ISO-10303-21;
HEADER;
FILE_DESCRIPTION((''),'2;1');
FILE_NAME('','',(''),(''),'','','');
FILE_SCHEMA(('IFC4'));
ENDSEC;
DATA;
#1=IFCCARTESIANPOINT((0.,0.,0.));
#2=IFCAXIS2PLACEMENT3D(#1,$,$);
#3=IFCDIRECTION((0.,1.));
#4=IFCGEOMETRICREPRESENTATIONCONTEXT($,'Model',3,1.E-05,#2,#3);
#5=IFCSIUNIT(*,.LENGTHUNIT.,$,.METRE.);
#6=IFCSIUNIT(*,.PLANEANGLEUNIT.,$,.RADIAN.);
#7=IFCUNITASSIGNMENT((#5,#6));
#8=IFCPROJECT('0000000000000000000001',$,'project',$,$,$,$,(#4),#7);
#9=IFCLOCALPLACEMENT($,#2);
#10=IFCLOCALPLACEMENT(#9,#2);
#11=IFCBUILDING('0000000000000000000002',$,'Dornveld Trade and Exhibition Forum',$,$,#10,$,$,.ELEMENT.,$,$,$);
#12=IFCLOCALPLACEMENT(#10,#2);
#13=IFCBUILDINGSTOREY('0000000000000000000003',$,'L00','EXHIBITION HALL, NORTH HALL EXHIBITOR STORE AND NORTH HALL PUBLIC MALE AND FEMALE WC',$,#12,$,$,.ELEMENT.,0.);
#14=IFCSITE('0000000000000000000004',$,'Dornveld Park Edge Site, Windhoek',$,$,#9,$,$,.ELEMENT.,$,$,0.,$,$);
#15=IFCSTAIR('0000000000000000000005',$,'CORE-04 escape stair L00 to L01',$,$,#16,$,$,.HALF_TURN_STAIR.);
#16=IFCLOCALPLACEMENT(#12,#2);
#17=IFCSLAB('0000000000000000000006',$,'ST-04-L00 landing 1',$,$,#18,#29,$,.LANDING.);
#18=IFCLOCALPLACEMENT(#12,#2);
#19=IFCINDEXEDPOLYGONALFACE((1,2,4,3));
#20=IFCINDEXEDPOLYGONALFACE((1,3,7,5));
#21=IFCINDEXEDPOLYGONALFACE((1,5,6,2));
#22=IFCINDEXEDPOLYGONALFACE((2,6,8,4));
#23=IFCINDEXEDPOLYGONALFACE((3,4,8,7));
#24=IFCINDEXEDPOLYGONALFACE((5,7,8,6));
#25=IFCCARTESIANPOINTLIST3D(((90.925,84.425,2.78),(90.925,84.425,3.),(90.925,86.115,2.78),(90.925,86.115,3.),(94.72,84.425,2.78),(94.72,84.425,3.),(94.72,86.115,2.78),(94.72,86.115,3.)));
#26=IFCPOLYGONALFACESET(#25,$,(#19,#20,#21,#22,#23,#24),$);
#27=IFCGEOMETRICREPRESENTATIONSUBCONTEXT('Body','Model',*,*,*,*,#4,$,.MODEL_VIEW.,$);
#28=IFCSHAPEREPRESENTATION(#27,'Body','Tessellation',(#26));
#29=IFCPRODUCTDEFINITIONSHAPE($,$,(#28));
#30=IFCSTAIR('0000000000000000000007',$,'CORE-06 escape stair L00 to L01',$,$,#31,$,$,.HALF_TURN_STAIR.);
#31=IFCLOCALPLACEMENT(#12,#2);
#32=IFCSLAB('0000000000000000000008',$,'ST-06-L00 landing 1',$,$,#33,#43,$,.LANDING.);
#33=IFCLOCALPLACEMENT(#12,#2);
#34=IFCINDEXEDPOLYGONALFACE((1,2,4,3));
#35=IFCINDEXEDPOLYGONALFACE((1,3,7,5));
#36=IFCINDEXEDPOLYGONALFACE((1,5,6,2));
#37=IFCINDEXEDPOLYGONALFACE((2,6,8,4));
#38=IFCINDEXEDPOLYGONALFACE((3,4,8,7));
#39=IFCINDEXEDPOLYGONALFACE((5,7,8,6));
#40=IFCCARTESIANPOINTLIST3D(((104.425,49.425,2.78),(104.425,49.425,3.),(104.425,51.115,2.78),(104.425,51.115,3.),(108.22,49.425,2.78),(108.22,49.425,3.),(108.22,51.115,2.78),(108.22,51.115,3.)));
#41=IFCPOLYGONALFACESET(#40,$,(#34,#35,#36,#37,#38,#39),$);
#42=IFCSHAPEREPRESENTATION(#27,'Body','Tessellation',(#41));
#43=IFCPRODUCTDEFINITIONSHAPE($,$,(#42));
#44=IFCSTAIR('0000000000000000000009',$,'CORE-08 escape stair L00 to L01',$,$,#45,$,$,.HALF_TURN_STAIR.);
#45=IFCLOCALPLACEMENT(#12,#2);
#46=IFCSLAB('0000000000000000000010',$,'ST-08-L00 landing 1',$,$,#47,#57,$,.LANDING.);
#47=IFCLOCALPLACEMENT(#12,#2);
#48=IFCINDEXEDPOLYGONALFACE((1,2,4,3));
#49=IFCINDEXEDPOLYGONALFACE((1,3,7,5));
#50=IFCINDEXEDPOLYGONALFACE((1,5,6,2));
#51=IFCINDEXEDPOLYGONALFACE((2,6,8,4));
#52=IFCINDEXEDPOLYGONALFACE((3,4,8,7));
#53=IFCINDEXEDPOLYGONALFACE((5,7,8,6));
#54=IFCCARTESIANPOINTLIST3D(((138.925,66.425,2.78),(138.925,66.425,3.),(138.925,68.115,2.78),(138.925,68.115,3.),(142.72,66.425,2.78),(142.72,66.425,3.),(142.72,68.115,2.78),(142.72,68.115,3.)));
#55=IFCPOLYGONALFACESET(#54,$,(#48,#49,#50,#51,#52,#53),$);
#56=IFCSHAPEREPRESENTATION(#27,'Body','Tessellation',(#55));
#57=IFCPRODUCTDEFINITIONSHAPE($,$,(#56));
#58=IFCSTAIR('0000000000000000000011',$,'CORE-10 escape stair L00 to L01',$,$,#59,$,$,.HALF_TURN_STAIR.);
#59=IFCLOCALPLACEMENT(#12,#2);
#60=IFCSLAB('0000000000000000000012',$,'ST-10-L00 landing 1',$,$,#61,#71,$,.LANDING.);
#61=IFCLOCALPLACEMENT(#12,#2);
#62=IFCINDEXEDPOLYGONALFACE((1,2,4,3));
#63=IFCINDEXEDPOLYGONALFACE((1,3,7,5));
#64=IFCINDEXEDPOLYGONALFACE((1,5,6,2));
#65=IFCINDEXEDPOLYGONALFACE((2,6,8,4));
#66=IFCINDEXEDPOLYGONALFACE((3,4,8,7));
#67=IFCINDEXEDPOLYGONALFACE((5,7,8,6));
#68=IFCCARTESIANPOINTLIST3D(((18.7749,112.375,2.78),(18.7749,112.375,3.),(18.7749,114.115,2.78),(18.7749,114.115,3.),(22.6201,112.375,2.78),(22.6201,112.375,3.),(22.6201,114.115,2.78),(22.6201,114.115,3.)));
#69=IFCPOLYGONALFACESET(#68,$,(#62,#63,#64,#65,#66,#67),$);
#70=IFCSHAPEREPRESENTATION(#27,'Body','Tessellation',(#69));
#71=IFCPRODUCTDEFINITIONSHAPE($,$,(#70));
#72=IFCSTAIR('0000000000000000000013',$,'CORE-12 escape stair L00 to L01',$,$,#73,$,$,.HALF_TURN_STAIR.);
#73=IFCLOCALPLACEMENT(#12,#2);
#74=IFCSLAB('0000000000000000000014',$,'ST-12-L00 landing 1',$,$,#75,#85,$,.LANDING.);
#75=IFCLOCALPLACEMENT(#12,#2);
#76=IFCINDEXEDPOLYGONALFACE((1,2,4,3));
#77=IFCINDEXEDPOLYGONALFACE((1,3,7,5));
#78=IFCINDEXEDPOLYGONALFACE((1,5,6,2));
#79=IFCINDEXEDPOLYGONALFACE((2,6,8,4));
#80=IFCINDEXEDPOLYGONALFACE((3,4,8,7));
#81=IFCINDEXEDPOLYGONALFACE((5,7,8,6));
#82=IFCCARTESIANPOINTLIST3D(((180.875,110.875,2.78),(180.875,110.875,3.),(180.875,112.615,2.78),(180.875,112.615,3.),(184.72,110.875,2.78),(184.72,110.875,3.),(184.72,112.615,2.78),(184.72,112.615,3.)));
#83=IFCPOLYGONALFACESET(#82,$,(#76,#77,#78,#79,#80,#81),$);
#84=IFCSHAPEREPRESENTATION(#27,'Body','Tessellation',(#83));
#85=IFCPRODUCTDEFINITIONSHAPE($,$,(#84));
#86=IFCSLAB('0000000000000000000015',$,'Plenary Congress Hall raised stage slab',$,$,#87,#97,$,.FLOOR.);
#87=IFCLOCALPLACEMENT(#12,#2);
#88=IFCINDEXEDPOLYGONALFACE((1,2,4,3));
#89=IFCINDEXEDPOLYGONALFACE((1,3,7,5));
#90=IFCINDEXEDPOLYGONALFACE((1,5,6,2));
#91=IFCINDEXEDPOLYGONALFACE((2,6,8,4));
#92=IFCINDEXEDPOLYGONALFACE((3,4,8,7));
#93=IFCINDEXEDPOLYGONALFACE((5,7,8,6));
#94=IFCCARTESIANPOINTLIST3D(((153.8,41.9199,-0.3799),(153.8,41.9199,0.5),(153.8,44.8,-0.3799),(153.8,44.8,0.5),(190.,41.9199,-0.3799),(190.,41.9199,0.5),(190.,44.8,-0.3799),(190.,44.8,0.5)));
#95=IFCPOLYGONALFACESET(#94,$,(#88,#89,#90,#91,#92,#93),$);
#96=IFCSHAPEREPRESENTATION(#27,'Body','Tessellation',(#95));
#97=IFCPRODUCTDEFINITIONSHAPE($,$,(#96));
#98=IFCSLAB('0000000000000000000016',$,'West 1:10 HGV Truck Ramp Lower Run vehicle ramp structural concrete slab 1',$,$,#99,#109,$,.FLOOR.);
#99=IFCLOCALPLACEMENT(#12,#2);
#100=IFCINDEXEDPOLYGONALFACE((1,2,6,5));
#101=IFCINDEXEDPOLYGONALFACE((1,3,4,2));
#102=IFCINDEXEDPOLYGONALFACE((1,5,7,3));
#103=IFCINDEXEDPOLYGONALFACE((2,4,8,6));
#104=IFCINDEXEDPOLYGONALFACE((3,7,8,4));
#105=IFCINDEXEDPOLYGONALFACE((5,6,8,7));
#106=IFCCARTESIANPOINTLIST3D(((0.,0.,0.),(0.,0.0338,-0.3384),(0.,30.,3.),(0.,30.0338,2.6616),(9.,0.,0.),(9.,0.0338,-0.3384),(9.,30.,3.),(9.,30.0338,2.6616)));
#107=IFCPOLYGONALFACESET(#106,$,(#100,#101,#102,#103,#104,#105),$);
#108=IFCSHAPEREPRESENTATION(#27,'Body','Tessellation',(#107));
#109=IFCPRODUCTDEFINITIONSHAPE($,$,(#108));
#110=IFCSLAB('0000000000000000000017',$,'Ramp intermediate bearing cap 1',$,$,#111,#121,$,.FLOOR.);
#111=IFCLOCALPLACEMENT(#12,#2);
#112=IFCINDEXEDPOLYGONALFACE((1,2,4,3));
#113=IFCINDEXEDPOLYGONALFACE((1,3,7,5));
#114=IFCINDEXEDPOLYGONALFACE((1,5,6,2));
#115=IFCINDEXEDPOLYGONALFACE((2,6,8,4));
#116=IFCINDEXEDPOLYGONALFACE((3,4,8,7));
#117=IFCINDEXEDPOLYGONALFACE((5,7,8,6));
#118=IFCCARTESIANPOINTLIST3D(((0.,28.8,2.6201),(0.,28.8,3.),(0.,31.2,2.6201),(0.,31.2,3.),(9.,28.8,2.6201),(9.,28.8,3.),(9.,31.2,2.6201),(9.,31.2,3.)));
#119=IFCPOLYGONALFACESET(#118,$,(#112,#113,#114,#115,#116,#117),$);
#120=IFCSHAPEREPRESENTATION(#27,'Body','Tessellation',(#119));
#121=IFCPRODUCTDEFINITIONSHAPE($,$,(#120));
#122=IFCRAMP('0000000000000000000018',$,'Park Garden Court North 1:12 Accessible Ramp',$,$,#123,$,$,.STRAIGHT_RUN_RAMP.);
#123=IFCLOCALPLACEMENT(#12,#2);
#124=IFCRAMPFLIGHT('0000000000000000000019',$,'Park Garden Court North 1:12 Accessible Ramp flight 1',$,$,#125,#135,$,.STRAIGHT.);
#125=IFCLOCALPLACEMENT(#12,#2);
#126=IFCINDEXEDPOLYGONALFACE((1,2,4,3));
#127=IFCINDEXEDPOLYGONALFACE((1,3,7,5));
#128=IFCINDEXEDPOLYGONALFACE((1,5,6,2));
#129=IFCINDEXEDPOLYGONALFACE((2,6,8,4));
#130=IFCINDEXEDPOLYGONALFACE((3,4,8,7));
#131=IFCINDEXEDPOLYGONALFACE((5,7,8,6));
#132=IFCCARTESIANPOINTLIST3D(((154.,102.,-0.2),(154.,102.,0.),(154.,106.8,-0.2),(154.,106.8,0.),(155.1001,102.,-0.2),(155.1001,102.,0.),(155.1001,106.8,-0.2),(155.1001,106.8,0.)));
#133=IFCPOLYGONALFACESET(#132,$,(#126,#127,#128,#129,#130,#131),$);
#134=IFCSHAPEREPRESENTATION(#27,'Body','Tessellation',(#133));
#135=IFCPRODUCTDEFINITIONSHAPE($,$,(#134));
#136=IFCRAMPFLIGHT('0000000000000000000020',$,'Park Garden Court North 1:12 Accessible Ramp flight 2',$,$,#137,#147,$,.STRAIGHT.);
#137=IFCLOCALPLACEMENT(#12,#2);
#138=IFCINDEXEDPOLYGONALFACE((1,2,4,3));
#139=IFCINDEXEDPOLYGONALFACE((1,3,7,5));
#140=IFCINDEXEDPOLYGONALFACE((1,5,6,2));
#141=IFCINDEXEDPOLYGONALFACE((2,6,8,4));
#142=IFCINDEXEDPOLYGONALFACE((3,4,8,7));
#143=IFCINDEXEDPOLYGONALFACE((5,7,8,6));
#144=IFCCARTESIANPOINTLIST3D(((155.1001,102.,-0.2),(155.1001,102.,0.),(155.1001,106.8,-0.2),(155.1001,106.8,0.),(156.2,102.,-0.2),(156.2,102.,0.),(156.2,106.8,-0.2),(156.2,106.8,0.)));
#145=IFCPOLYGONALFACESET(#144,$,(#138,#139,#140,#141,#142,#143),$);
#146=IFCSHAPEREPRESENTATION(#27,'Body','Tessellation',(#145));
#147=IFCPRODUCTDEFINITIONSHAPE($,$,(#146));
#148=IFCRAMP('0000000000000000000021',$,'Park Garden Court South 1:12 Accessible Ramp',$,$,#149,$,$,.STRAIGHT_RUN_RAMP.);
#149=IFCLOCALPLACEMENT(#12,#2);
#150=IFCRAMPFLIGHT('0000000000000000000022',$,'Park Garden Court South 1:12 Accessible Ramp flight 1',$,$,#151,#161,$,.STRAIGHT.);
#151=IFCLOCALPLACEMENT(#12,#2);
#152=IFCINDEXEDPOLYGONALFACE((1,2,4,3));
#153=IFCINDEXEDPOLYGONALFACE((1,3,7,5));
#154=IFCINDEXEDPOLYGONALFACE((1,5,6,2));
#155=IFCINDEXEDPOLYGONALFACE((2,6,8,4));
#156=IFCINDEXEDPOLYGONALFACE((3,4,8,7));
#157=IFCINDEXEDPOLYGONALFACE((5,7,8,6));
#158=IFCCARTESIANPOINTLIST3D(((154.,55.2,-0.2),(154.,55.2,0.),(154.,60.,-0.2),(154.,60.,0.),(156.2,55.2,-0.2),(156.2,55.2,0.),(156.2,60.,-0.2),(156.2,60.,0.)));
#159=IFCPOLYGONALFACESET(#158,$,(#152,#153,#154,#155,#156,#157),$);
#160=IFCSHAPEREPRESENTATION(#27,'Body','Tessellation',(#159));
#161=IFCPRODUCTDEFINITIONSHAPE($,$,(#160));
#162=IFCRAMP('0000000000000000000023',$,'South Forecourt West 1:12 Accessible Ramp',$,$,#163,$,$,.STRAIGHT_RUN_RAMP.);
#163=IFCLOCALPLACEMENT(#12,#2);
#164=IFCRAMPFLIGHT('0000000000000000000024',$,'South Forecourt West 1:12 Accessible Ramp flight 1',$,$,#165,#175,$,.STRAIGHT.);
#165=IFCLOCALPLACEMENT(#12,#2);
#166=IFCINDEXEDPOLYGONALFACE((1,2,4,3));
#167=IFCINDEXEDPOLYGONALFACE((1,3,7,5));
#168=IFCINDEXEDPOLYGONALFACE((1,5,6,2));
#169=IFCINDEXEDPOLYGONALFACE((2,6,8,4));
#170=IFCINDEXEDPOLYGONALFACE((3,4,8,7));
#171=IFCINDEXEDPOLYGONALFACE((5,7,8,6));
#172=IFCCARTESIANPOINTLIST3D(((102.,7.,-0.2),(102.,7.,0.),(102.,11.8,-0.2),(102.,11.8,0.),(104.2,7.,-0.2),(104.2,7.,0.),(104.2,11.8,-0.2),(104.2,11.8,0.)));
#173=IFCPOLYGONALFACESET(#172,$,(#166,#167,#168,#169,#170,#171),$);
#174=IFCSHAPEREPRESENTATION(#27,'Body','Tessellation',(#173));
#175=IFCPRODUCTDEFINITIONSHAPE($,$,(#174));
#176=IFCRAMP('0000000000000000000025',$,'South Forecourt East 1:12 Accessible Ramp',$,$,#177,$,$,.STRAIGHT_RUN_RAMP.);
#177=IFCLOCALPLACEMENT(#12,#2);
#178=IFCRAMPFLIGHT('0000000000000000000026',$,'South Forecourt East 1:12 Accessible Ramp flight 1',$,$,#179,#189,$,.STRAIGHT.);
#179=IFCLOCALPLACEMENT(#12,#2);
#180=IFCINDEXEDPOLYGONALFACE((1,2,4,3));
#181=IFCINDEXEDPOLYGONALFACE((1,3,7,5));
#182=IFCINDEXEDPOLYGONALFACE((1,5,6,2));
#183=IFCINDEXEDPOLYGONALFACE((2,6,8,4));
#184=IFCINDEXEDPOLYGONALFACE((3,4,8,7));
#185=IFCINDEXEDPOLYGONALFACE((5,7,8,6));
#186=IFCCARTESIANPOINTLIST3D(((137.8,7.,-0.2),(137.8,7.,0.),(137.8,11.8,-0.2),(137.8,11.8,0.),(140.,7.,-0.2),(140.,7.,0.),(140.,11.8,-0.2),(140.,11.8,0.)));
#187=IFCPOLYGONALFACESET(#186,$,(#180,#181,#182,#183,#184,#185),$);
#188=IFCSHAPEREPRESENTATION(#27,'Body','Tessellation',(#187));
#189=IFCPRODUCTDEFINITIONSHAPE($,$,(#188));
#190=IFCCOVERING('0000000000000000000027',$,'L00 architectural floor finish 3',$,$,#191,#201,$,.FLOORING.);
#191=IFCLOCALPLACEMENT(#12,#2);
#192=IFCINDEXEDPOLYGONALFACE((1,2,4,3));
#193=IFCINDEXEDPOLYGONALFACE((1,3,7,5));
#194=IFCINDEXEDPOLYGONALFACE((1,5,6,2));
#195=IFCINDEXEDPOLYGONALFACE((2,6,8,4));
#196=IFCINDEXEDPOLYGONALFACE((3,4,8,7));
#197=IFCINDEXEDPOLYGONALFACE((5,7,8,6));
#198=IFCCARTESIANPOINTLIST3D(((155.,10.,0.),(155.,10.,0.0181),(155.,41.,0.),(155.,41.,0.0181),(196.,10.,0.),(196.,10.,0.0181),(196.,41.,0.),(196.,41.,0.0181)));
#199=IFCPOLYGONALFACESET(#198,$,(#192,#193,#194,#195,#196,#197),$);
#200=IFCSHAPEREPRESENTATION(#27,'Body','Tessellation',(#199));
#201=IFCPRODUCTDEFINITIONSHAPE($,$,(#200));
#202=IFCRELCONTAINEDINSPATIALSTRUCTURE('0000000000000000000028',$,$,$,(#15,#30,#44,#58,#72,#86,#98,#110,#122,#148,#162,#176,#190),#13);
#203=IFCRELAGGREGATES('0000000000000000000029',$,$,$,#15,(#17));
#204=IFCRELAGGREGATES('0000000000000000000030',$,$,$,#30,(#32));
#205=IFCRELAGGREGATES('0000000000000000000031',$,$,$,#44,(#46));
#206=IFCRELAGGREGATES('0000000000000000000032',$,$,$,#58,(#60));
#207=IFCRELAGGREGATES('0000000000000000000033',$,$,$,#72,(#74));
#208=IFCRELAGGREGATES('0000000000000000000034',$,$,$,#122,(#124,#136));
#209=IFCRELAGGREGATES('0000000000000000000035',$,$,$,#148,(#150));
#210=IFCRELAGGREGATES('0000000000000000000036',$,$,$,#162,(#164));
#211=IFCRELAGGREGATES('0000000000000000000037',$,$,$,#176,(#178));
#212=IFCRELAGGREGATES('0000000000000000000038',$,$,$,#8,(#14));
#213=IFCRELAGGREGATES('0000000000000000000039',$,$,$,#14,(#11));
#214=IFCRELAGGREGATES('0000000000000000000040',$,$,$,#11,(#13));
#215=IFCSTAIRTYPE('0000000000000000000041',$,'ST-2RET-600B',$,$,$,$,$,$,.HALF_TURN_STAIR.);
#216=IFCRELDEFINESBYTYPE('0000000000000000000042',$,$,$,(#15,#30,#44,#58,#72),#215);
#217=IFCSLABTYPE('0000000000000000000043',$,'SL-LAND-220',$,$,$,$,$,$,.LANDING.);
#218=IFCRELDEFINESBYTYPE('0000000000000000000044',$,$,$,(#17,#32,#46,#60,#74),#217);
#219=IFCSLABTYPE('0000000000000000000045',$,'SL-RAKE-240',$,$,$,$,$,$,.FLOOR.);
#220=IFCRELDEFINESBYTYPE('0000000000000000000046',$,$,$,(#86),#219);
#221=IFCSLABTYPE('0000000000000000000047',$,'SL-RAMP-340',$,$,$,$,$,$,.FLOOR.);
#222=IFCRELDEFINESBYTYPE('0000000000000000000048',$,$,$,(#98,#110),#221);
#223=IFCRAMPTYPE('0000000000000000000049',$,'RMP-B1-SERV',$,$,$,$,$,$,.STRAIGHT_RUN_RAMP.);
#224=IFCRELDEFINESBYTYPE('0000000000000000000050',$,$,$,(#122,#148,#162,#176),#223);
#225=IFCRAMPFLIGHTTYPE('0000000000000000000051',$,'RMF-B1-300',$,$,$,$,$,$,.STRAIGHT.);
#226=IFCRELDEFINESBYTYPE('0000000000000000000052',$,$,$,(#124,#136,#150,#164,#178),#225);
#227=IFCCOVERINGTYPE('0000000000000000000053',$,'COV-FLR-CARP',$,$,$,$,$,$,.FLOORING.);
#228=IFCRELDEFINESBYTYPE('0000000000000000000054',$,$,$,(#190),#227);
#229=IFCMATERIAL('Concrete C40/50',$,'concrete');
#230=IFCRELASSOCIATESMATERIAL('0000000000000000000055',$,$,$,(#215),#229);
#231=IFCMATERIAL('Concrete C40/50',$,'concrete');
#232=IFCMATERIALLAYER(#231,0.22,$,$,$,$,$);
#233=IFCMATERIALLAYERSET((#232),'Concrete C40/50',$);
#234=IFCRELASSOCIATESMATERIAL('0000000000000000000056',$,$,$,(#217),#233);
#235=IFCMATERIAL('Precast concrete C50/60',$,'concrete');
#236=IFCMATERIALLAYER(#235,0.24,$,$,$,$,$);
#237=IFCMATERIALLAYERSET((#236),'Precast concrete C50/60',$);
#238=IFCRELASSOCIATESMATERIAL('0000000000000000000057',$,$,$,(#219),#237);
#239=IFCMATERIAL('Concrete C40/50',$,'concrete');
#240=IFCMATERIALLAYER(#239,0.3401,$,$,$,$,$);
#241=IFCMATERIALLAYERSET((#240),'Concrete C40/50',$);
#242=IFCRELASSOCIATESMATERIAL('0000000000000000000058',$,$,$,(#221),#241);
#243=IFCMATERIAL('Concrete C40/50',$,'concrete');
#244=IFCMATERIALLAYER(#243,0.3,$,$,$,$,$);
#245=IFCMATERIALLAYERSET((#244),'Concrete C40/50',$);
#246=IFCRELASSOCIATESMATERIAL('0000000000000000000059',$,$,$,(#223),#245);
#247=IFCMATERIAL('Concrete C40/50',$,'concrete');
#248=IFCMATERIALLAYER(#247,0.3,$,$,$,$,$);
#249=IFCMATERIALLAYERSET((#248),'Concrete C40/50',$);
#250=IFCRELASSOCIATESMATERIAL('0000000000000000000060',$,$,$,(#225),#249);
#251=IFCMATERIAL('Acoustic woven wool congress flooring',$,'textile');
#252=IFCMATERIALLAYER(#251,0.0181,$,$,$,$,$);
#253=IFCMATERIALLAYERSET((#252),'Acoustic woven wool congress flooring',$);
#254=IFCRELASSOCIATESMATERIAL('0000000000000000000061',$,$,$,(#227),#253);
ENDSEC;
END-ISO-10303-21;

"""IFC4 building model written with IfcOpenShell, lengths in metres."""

from ifc_helpers import new_model, si_unit, direction, frame, origin, place, context, subcontext, project, spatial, polyline, outline, extrude, material, layer, layer_set, type_object, element, aggregate, save


model = new_model("IFC4")

# Units and contexts
model_context = context("Model", 3, precision=1e-05, world=origin(), true_north=direction((0.0, 1.0)))
body_context = subcontext(model_context, "Body", "Model", "MODEL_VIEW")
ifc_project = project(units=[si_unit("LENGTHUNIT", "METRE"), si_unit("PLANEANGLEUNIT", "RADIAN")], contexts=[model_context])

# Site, building, storey
site_placement = place(None, origin())
site = spatial("IfcSite", under=ifc_project, at=site_placement, Name="Dornveld Park Edge Site, Windhoek", CompositionType="ELEMENT", RefElevation=0.0)
building_placement = place(site_placement, origin())
building = spatial("IfcBuilding", under=site, at=building_placement, Name="Dornveld Trade and Exhibition Forum", CompositionType="ELEMENT")
storey_placement = place(building_placement, origin())
storey = spatial("IfcBuildingStorey", under=building, at=storey_placement, Name="L00", Description="EXHIBITION HALL, NORTH HALL EXHIBITOR STORE AND NORTH HALL PUBLIC MALE AND FEMALE WC", CompositionType="ELEMENT", Elevation=0.0)

# Stairs, slabs
ifc_material_1 = material(Name="Concrete C40/50", Category="concrete")
stair_type_1 = type_object("IfcStairType", Name="ST-2RET-600B", PredefinedType="HALF_TURN_STAIR", material=ifc_material_1)
ifc_material_2 = material(Name="Concrete C40/50", Category="concrete")
ifc_layer_1 = layer(ifc_material_2, 0.22)
ifc_layer_set_1 = layer_set([ifc_layer_1], Name="Concrete C40/50")
slab_type_1 = type_object("IfcSlabType", Name="SL-LAND-220", PredefinedType="LANDING", material=ifc_layer_set_1)
stair_1_placement = place(storey_placement, origin())
stair_1 = element("IfcStair", 1, at=stair_1_placement, inside=storey, type_object=stair_type_1, Name="CORE-04 escape stair L00 to L01", PredefinedType="HALF_TURN_STAIR")
slab_1_placement = place(storey_placement, frame((0.0, 0.0, 2.78)))
slab_1 = element("IfcSlab", 2, at=slab_1_placement, type_object=slab_type_1, Name="ST-04-L00 landing 1", PredefinedType="LANDING", context=body_context, shape_type="SweptSolid", body=[
    extrude(outline(polyline([(90.925, 84.425), (94.72, 84.425), (94.72, 86.115), (90.925, 86.115), (90.925, 84.425)])), origin(), (0.0, 0.0, 1.0), 0.22),
])
aggregate(stair_1, [slab_1])
stair_2_placement = place(storey_placement, origin())
stair_2 = element("IfcStair", 3, at=stair_2_placement, inside=storey, type_object=stair_type_1, Name="CORE-06 escape stair L00 to L01", PredefinedType="HALF_TURN_STAIR")
slab_2_placement = place(storey_placement, frame((0.0, 0.0, 2.78)))
slab_2 = element("IfcSlab", 4, at=slab_2_placement, type_object=slab_type_1, Name="ST-06-L00 landing 1", PredefinedType="LANDING", context=body_context, shape_type="SweptSolid", body=[
    extrude(outline(polyline([(104.425, 49.425), (108.22, 49.425), (108.22, 51.115), (104.425, 51.115), (104.425, 49.425)])), origin(), (0.0, 0.0, 1.0), 0.22),
])
aggregate(stair_2, [slab_2])
stair_3_placement = place(storey_placement, origin())
stair_3 = element("IfcStair", 5, at=stair_3_placement, inside=storey, type_object=stair_type_1, Name="CORE-08 escape stair L00 to L01", PredefinedType="HALF_TURN_STAIR")
slab_3_placement = place(storey_placement, frame((0.0, 0.0, 2.78)))
slab_3 = element("IfcSlab", 6, at=slab_3_placement, type_object=slab_type_1, Name="ST-08-L00 landing 1", PredefinedType="LANDING", context=body_context, shape_type="SweptSolid", body=[
    extrude(outline(polyline([(138.925, 66.425), (142.72, 66.425), (142.72, 68.115), (138.925, 68.115), (138.925, 66.425)])), origin(), (0.0, 0.0, 1.0), 0.22),
])
aggregate(stair_3, [slab_3])
stair_4_placement = place(storey_placement, origin())
stair_4 = element("IfcStair", 7, at=stair_4_placement, inside=storey, type_object=stair_type_1, Name="CORE-10 escape stair L00 to L01", PredefinedType="HALF_TURN_STAIR")
slab_4_placement = place(storey_placement, frame((0.0, 0.0, 2.78)))
slab_4 = element("IfcSlab", 8, at=slab_4_placement, type_object=slab_type_1, Name="ST-10-L00 landing 1", PredefinedType="LANDING", context=body_context, shape_type="SweptSolid", body=[
    extrude(outline(polyline([(18.7749, 112.375), (22.6201, 112.375), (22.6201, 114.115), (18.7749, 114.115), (18.7749, 112.375)])), origin(), (0.0, 0.0, 1.0), 0.22),
])
aggregate(stair_4, [slab_4])
stair_5_placement = place(storey_placement, origin())
stair_5 = element("IfcStair", 9, at=stair_5_placement, inside=storey, type_object=stair_type_1, Name="CORE-12 escape stair L00 to L01", PredefinedType="HALF_TURN_STAIR")
slab_5_placement = place(storey_placement, frame((0.0, 0.0, 2.78)))
slab_5 = element("IfcSlab", 10, at=slab_5_placement, type_object=slab_type_1, Name="ST-12-L00 landing 1", PredefinedType="LANDING", context=body_context, shape_type="SweptSolid", body=[
    extrude(outline(polyline([(180.875, 110.875), (184.72, 110.875), (184.72, 112.615), (180.875, 112.615), (180.875, 110.875)])), origin(), (0.0, 0.0, 1.0), 0.22),
])
aggregate(stair_5, [slab_5])

# Slabs
ifc_material_3 = material(Name="Precast concrete C50/60", Category="concrete")
ifc_layer_2 = layer(ifc_material_3, 0.24)
ifc_layer_set_2 = layer_set([ifc_layer_2], Name="Precast concrete C50/60")
slab_type_2 = type_object("IfcSlabType", Name="SL-RAKE-240", PredefinedType="FLOOR", material=ifc_layer_set_2)
slab_6_placement = place(storey_placement, frame((0.0, 0.0, -0.3799)))
element("IfcSlab", 11, at=slab_6_placement, inside=storey, type_object=slab_type_2, Name="Plenary Congress Hall raised stage slab", PredefinedType="FLOOR", context=body_context, shape_type="SweptSolid", body=[
    extrude(outline(polyline([(153.8, 41.9199), (190.0, 41.9199), (190.0, 44.8), (153.8, 44.8), (153.8, 41.9199)])), origin(), (0.0, 0.0, 1.0), 0.8799),
])
ifc_material_4 = material(Name="Concrete C40/50", Category="concrete")
ifc_layer_3 = layer(ifc_material_4, 0.3401)
ifc_layer_set_3 = layer_set([ifc_layer_3], Name="Concrete C40/50")
slab_type_3 = type_object("IfcSlabType", Name="SL-RAMP-340", PredefinedType="FLOOR", material=ifc_layer_set_3)
slab_7_placement = place(storey_placement, frame((0.0, 0.0, 0.0), z_axis=(0.0, -0.099504, 0.995037), x_axis=(1.0, 0.0, 0.0)))
element("IfcSlab", 12, at=slab_7_placement, inside=storey, type_object=slab_type_3, Name="West 1:10 HGV Truck Ramp Lower Run vehicle ramp structural concrete slab 1", PredefinedType="FLOOR", context=body_context, shape_type="SweptSolid", body=[
    extrude(outline(polyline([(0.0, 0.0), (9.0, 0.0), (9.0, 30.1496), (0.0, 30.1496), (0.0, 0.0)])), origin(), (0.0, 0.0, -1.0), 0.3401),
])
slab_8_placement = place(storey_placement, frame((0.0, 0.0, 2.6201)))
element("IfcSlab", 13, at=slab_8_placement, inside=storey, type_object=slab_type_3, Name="Ramp intermediate bearing cap 1", PredefinedType="FLOOR", context=body_context, shape_type="SweptSolid", body=[
    extrude(outline(polyline([(0.0, 28.8), (9.0, 28.8), (9.0, 31.2), (0.0, 31.2), (0.0, 28.8)])), origin(), (0.0, 0.0, 1.0), 0.3799),
])

# Ramp, ramp flights
ifc_material_5 = material(Name="Concrete C40/50", Category="concrete")
ifc_layer_4 = layer(ifc_material_5, 0.3)
ifc_layer_set_4 = layer_set([ifc_layer_4], Name="Concrete C40/50")
ramp_type = type_object("IfcRampType", Name="RMP-B1-SERV", PredefinedType="STRAIGHT_RUN_RAMP", material=ifc_layer_set_4)
ramp_1_placement = place(storey_placement, origin())
ramp_1 = element("IfcRamp", 14, at=ramp_1_placement, inside=storey, type_object=ramp_type, Name="Park Garden Court North 1:12 Accessible Ramp", PredefinedType="STRAIGHT_RUN_RAMP")
ifc_material_6 = material(Name="Concrete C40/50", Category="concrete")
ifc_layer_5 = layer(ifc_material_6, 0.3)
ifc_layer_set_5 = layer_set([ifc_layer_5], Name="Concrete C40/50")
ramp_flight_type = type_object("IfcRampFlightType", Name="RMF-B1-300", PredefinedType="STRAIGHT", material=ifc_layer_set_5)
ramp_flight_1_placement = place(storey_placement, frame((0.0, 0.0, -0.2)))
ramp_flight_1 = element("IfcRampFlight", 15, at=ramp_flight_1_placement, type_object=ramp_flight_type, Name="Park Garden Court North 1:12 Accessible Ramp flight 1", PredefinedType="STRAIGHT", context=body_context, shape_type="SweptSolid", body=[
    extrude(outline(polyline([(154.0, 102.0), (155.1001, 102.0), (155.1001, 106.8), (154.0, 106.8), (154.0, 102.0)])), origin(), (0.0, 0.0, 1.0), 0.2),
])
ramp_flight_2_placement = place(storey_placement, frame((0.0, 0.0, -0.2)))
ramp_flight_2 = element("IfcRampFlight", 16, at=ramp_flight_2_placement, type_object=ramp_flight_type, Name="Park Garden Court North 1:12 Accessible Ramp flight 2", PredefinedType="STRAIGHT", context=body_context, shape_type="SweptSolid", body=[
    extrude(outline(polyline([(155.1001, 102.0), (156.2, 102.0), (156.2, 106.8), (155.1001, 106.8), (155.1001, 102.0)])), origin(), (0.0, 0.0, 1.0), 0.2),
])
aggregate(ramp_1, [ramp_flight_1, ramp_flight_2])

# Ramps, ramp flights
ramp_2_placement = place(storey_placement, origin())
ramp_2 = element("IfcRamp", 17, at=ramp_2_placement, inside=storey, type_object=ramp_type, Name="Park Garden Court South 1:12 Accessible Ramp", PredefinedType="STRAIGHT_RUN_RAMP")
ramp_flight_3_placement = place(storey_placement, frame((0.0, 0.0, -0.2)))
ramp_flight_3 = element("IfcRampFlight", 18, at=ramp_flight_3_placement, type_object=ramp_flight_type, Name="Park Garden Court South 1:12 Accessible Ramp flight 1", PredefinedType="STRAIGHT", context=body_context, shape_type="SweptSolid", body=[
    extrude(outline(polyline([(154.0, 55.2), (156.2, 55.2), (156.2, 60.0), (154.0, 60.0), (154.0, 55.2)])), origin(), (0.0, 0.0, 1.0), 0.2),
])
aggregate(ramp_2, [ramp_flight_3])
ramp_3_placement = place(storey_placement, origin())
ramp_3 = element("IfcRamp", 19, at=ramp_3_placement, inside=storey, type_object=ramp_type, Name="South Forecourt West 1:12 Accessible Ramp", PredefinedType="STRAIGHT_RUN_RAMP")
ramp_flight_4_placement = place(storey_placement, frame((0.0, 0.0, -0.2)))
ramp_flight_4 = element("IfcRampFlight", 20, at=ramp_flight_4_placement, type_object=ramp_flight_type, Name="South Forecourt West 1:12 Accessible Ramp flight 1", PredefinedType="STRAIGHT", context=body_context, shape_type="SweptSolid", body=[
    extrude(outline(polyline([(102.0, 7.0), (104.2, 7.0), (104.2, 11.8), (102.0, 11.8), (102.0, 7.0)])), origin(), (0.0, 0.0, 1.0), 0.2),
])
aggregate(ramp_3, [ramp_flight_4])
ramp_4_placement = place(storey_placement, origin())
ramp_4 = element("IfcRamp", 21, at=ramp_4_placement, inside=storey, type_object=ramp_type, Name="South Forecourt East 1:12 Accessible Ramp", PredefinedType="STRAIGHT_RUN_RAMP")
ramp_flight_5_placement = place(storey_placement, frame((0.0, 0.0, -0.2)))
ramp_flight_5 = element("IfcRampFlight", 22, at=ramp_flight_5_placement, type_object=ramp_flight_type, Name="South Forecourt East 1:12 Accessible Ramp flight 1", PredefinedType="STRAIGHT", context=body_context, shape_type="SweptSolid", body=[
    extrude(outline(polyline([(137.8, 7.0), (140.0, 7.0), (140.0, 11.8), (137.8, 11.8), (137.8, 7.0)])), origin(), (0.0, 0.0, 1.0), 0.2),
])
aggregate(ramp_4, [ramp_flight_5])

# Covering
ifc_material_7 = material(Name="Acoustic woven wool congress flooring", Category="textile")
ifc_layer_6 = layer(ifc_material_7, 0.0181)
ifc_layer_set_6 = layer_set([ifc_layer_6], Name="Acoustic woven wool congress flooring")
covering_type_1 = type_object("IfcCoveringType", Name="COV-FLR-CARP", PredefinedType="FLOORING", material=ifc_layer_set_6)
covering_1_placement = place(storey_placement, origin())
element("IfcCovering", 23, at=covering_1_placement, inside=storey, type_object=covering_type_1, Name="L00 architectural floor finish 3", PredefinedType="FLOORING", context=body_context, shape_type="SweptSolid", body=[
    extrude(outline(polyline([(155.0, 10.0), (196.0, 10.0), (196.0, 41.0), (155.0, 41.0), (155.0, 10.0)])), origin(), (0.0, 0.0, 1.0), 0.0181),
])

save(model, "model.ifc")
